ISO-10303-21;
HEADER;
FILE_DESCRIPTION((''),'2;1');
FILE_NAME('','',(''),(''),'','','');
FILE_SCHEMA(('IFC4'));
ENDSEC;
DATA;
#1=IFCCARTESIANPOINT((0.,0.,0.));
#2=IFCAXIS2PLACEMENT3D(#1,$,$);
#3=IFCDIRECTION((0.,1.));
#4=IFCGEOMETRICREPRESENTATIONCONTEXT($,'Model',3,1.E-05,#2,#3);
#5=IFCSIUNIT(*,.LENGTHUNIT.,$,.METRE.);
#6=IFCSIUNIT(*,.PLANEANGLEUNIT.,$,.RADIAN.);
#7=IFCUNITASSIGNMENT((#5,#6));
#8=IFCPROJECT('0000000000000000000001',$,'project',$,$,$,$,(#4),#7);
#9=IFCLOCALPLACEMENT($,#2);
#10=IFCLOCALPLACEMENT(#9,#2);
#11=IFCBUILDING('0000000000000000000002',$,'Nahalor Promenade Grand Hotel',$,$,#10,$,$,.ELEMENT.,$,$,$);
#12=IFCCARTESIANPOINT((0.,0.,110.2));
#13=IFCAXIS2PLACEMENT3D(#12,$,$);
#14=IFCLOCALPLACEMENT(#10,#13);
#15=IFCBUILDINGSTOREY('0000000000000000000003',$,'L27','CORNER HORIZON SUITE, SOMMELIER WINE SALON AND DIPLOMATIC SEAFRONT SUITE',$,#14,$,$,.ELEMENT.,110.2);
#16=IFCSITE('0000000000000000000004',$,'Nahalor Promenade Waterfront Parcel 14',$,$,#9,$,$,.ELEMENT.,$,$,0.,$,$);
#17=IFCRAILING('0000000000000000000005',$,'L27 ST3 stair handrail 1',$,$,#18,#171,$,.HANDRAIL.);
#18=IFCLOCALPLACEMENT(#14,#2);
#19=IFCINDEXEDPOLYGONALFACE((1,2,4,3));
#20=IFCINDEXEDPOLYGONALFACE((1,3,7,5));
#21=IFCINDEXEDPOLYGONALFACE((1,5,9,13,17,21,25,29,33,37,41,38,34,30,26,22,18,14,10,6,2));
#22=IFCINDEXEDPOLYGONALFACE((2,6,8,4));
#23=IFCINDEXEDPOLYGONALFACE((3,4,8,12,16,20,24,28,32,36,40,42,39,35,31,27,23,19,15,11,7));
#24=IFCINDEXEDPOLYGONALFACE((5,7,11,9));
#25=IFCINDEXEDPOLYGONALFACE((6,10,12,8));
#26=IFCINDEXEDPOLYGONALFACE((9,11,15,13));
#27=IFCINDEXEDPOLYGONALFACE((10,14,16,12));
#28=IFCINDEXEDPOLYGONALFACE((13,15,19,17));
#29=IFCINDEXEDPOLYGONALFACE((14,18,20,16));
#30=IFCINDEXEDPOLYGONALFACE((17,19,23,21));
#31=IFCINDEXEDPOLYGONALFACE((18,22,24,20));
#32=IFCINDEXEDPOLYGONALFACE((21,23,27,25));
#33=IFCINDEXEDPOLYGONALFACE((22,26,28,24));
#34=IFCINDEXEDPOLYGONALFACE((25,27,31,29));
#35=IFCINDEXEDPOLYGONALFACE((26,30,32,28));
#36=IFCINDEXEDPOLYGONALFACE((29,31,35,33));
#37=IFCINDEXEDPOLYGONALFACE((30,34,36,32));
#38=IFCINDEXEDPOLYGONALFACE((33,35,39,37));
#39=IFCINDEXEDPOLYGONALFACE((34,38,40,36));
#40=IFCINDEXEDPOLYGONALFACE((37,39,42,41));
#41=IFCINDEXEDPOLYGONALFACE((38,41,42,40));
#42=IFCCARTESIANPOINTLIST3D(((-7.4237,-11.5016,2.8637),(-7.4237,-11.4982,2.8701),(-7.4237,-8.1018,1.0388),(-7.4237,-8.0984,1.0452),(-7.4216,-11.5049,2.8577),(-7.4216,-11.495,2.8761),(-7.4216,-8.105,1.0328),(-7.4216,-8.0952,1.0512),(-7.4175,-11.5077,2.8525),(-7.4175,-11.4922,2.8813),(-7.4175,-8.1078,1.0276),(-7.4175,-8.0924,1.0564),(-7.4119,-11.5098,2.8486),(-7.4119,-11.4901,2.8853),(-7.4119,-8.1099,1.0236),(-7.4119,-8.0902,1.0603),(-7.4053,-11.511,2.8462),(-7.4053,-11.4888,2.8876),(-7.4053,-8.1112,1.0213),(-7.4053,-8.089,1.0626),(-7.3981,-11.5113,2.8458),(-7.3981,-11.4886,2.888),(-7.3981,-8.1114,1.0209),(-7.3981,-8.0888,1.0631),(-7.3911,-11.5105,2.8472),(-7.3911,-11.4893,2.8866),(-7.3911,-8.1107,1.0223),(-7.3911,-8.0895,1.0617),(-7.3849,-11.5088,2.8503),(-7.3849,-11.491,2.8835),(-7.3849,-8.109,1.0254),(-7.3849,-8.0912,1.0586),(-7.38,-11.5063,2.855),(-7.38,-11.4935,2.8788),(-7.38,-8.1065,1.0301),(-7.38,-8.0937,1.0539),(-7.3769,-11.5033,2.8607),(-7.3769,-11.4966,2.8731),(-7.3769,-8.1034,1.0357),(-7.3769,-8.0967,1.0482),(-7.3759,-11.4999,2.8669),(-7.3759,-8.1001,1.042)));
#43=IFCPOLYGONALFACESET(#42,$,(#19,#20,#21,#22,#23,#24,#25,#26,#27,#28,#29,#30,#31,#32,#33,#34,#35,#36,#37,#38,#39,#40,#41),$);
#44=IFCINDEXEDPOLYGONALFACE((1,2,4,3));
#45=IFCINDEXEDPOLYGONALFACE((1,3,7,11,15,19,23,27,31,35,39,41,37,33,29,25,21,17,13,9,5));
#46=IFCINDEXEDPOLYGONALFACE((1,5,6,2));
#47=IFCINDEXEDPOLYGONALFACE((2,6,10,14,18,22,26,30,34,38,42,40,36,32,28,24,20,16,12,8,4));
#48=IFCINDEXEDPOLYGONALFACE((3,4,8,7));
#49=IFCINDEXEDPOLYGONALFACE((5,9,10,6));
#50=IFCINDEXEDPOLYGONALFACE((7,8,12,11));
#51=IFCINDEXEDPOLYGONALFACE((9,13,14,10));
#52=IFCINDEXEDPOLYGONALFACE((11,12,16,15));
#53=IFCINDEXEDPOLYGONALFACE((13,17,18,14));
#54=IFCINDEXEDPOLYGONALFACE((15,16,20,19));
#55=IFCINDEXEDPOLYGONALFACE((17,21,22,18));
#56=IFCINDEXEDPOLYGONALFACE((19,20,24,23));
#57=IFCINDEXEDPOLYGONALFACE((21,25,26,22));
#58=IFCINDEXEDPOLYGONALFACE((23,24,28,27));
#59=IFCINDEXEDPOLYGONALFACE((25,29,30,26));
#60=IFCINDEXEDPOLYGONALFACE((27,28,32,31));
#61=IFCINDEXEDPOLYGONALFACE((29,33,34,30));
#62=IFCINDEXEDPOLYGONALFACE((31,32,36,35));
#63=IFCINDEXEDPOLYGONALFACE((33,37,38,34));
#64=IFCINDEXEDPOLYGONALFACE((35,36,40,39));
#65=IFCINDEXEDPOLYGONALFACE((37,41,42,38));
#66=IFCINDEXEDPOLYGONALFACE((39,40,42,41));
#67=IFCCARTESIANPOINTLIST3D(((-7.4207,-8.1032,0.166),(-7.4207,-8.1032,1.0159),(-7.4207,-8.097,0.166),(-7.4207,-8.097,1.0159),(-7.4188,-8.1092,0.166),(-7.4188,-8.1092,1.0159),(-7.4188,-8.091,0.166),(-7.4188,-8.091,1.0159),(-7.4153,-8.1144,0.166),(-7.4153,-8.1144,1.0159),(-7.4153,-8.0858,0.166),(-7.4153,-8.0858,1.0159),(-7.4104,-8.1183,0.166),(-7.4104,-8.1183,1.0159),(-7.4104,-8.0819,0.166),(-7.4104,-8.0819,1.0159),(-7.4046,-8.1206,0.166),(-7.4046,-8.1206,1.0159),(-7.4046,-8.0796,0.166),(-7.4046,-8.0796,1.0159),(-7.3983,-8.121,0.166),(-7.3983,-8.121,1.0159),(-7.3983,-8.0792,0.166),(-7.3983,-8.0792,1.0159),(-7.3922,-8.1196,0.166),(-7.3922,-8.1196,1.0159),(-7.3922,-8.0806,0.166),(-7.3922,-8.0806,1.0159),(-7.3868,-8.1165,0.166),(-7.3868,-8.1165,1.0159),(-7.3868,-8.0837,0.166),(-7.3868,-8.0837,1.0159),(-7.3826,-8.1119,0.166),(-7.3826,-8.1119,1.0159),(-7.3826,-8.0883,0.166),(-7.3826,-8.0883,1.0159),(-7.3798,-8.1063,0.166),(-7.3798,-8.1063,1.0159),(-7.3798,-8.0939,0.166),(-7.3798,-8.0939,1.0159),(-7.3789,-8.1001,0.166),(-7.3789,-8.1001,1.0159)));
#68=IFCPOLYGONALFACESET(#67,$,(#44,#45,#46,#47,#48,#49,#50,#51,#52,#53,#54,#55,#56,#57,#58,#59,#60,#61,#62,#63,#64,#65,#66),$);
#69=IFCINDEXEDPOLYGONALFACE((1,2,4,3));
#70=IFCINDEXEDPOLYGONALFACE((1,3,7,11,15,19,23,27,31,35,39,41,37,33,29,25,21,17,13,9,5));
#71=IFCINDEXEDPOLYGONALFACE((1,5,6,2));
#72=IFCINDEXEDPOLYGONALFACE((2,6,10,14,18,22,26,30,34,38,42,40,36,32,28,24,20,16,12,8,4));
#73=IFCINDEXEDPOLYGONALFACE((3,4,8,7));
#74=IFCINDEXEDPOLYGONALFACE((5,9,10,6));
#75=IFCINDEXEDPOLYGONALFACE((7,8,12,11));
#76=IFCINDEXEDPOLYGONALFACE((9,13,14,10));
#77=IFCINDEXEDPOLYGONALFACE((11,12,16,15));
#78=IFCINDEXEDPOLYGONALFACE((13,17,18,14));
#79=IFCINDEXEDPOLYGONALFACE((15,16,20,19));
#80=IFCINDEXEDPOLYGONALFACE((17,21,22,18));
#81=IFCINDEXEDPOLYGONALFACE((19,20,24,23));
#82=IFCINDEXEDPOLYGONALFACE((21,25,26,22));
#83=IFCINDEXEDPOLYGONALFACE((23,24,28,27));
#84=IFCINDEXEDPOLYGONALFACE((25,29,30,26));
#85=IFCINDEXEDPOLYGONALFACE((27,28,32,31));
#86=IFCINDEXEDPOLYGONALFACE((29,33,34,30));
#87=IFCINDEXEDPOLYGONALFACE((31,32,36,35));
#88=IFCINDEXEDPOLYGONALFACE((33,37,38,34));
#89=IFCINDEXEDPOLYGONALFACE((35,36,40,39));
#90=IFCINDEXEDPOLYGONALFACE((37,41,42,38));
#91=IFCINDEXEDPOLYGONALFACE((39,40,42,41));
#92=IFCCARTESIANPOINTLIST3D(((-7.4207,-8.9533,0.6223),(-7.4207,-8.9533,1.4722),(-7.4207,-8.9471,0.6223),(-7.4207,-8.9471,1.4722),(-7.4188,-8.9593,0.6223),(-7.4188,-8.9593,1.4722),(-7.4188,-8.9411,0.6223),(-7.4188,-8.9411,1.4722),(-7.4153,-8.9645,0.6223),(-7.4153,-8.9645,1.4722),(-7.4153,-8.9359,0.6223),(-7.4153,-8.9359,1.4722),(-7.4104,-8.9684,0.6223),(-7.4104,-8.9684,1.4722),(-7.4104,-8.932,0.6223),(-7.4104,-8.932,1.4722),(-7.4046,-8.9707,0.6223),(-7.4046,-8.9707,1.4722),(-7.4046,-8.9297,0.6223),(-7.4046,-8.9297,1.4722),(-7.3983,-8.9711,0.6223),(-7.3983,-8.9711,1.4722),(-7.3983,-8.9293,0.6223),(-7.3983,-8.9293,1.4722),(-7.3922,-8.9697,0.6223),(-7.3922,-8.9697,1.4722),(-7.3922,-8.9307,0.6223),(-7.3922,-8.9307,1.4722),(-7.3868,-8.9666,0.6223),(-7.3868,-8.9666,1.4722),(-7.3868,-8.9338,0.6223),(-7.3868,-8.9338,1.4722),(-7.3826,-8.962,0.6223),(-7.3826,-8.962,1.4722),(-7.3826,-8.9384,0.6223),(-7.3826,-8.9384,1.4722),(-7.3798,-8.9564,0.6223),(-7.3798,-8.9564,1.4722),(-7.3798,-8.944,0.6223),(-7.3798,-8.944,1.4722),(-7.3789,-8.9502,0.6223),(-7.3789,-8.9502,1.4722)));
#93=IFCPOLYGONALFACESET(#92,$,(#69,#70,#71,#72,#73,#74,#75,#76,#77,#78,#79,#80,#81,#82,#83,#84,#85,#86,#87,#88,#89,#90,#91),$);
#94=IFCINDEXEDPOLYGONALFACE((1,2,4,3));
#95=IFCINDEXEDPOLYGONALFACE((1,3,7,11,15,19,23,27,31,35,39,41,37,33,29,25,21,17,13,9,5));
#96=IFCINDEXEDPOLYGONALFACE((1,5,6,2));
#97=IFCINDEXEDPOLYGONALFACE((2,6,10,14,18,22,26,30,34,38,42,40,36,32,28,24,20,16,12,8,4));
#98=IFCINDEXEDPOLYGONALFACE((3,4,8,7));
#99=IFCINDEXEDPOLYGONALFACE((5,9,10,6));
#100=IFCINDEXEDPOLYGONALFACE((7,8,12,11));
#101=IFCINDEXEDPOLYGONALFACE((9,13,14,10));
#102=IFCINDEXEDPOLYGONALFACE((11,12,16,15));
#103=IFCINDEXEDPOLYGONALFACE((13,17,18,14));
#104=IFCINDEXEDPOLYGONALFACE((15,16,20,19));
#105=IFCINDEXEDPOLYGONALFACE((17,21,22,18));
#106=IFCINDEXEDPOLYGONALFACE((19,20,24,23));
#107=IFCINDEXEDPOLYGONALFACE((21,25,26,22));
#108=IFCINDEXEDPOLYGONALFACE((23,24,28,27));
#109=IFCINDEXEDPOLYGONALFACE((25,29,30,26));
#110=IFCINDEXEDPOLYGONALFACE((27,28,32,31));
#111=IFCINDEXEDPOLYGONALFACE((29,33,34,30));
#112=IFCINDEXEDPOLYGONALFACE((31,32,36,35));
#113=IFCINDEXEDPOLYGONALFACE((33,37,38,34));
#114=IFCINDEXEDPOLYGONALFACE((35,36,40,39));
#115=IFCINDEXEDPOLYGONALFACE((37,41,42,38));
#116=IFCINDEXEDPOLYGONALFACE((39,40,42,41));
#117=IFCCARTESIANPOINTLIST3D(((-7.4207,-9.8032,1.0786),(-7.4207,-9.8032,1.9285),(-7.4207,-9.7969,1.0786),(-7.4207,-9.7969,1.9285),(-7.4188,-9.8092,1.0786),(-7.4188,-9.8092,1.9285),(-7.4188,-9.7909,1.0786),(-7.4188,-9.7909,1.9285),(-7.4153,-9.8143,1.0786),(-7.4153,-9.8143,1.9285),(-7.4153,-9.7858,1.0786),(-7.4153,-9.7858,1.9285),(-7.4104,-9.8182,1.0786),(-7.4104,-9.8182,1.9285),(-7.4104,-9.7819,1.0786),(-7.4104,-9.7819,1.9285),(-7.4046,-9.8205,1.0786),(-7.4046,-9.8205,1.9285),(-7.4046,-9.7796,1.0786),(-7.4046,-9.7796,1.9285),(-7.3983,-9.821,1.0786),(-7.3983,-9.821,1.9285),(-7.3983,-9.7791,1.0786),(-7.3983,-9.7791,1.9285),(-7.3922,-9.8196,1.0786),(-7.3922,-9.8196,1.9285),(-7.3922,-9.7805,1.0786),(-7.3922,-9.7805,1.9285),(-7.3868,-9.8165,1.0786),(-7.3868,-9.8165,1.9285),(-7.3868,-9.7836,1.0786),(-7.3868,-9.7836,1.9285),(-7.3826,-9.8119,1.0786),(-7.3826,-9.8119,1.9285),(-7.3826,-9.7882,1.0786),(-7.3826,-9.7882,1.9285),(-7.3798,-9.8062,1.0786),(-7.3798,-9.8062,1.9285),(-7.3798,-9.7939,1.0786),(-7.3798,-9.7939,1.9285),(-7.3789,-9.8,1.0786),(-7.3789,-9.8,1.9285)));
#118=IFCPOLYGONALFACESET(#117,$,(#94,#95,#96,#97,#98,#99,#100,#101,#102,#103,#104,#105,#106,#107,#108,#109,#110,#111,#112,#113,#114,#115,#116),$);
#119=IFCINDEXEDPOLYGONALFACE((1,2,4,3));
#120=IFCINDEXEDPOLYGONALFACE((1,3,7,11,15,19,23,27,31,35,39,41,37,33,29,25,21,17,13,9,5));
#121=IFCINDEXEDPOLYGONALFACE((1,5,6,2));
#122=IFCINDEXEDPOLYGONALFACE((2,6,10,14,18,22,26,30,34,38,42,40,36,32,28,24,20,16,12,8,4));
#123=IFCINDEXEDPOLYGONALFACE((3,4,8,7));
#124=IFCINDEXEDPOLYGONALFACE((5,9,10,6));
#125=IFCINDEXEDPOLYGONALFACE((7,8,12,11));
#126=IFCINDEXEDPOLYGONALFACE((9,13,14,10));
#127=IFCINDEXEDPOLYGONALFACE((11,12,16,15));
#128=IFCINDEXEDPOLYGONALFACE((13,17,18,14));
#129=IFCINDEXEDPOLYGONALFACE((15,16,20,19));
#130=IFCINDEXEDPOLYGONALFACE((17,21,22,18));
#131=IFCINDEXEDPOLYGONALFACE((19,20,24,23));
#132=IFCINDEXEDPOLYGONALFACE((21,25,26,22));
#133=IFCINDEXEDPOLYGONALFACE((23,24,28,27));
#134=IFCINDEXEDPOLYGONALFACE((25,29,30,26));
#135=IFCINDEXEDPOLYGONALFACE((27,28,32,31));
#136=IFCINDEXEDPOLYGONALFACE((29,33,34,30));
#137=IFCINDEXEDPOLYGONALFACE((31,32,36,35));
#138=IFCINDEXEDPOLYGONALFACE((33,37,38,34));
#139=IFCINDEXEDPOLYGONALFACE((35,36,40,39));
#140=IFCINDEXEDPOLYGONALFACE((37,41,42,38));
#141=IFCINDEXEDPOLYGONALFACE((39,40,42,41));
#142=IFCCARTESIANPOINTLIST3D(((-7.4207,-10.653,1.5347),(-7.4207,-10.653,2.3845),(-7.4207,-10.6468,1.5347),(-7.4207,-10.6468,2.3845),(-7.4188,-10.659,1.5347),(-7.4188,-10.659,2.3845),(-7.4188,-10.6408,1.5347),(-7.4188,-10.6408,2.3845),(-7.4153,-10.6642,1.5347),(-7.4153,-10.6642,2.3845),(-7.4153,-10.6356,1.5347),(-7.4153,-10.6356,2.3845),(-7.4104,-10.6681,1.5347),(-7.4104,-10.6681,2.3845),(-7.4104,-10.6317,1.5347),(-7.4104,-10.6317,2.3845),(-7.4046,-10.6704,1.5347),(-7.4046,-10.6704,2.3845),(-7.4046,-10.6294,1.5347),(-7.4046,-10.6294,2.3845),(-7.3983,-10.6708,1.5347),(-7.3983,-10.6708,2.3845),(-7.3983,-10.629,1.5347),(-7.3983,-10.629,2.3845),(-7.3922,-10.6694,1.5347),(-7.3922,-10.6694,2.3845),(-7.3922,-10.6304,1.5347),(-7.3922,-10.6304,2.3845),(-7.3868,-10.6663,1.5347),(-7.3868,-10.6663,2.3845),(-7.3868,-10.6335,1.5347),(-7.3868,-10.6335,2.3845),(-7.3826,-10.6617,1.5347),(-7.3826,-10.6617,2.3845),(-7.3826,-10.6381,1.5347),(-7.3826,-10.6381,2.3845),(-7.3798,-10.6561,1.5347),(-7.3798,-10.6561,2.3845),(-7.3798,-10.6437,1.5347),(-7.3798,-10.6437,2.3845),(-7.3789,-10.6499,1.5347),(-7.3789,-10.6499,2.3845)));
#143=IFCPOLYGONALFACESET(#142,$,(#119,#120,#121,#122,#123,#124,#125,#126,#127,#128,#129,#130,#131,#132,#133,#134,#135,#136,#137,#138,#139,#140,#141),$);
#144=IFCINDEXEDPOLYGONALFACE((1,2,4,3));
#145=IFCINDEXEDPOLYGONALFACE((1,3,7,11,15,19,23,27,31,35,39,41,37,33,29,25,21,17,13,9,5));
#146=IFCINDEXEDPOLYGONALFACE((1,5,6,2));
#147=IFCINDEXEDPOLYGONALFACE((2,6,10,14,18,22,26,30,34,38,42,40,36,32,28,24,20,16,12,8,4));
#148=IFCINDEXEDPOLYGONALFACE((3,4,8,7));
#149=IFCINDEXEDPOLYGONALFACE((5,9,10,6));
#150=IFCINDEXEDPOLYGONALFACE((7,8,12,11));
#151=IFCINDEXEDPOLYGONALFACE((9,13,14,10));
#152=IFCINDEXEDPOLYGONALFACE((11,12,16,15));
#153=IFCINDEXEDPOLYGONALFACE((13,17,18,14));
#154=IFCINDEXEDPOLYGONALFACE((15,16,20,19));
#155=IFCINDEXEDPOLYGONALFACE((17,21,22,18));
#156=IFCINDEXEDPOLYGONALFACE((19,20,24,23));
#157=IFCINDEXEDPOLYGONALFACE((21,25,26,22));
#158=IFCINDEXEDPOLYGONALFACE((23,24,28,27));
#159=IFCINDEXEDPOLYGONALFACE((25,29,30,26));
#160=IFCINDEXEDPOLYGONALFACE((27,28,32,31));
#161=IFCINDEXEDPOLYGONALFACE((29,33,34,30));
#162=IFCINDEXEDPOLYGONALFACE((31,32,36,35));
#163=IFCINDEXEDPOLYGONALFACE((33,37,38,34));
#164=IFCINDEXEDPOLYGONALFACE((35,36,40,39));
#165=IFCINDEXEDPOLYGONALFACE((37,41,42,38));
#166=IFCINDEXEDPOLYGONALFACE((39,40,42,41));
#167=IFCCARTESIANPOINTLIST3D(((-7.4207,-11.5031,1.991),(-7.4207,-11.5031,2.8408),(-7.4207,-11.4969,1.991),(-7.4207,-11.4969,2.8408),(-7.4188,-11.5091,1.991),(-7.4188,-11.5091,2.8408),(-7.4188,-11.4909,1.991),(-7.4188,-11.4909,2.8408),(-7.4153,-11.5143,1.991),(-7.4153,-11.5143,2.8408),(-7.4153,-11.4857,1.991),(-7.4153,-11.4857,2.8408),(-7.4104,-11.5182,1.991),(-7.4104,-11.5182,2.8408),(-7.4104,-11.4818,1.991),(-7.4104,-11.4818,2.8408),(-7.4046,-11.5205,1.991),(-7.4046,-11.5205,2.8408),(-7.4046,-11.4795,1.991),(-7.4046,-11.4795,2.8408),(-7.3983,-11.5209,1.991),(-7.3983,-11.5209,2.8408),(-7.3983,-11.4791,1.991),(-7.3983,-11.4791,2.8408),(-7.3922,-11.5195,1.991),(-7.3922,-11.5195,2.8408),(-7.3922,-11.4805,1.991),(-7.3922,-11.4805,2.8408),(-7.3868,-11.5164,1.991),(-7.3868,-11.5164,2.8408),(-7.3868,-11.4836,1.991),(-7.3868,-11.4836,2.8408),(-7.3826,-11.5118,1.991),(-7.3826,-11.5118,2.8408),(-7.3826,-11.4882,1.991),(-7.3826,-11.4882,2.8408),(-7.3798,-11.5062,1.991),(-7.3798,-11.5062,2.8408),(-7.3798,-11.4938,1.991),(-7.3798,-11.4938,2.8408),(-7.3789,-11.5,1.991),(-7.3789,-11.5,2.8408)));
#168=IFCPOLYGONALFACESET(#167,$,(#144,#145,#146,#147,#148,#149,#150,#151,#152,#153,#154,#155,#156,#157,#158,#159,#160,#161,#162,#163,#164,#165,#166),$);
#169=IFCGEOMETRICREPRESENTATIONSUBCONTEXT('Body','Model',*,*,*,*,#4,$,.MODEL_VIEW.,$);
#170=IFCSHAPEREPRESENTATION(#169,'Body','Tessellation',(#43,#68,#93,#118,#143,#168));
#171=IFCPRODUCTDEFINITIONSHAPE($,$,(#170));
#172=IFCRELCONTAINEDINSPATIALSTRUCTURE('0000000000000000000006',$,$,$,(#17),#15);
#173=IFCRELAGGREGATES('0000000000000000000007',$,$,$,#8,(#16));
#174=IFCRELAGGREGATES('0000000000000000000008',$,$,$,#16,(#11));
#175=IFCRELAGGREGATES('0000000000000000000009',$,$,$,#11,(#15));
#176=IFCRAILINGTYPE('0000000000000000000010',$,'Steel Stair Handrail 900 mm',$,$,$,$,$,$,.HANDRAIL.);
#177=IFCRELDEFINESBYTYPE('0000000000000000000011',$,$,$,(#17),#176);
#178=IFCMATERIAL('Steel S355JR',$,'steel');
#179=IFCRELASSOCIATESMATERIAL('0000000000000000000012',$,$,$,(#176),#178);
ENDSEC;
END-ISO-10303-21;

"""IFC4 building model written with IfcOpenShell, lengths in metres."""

from ifc_helpers import new_model, si_unit, direction, frame, origin, origin_2d, place, context, subcontext, project, spatial, circle, extrude, material, type_object, element, save


model = new_model("IFC4")

# Units and contexts
model_context = context("Model", 3, precision=1e-05, world=origin(), true_north=direction((0.0, 1.0)))
body_context = subcontext(model_context, "Body", "Model", "MODEL_VIEW")
ifc_project = project(units=[si_unit("LENGTHUNIT", "METRE"), si_unit("PLANEANGLEUNIT", "RADIAN")], contexts=[model_context])

# Site, building, storey
site_placement = place(None, origin())
site = spatial("IfcSite", under=ifc_project, at=site_placement, Name="Nahalor Promenade Waterfront Parcel 14", CompositionType="ELEMENT", RefElevation=0.0)
building_placement = place(site_placement, origin())
building = spatial("IfcBuilding", under=site, at=building_placement, Name="Nahalor Promenade Grand Hotel", CompositionType="ELEMENT")
storey_placement = place(building_placement, frame((0.0, 0.0, 110.2)))
storey = spatial("IfcBuildingStorey", under=building, at=storey_placement, Name="L27", Description="CORNER HORIZON SUITE, SOMMELIER WINE SALON AND DIPLOMATIC SEAFRONT SUITE", CompositionType="ELEMENT", Elevation=110.2)

# Shared definitions
ifc_material_1 = material(Name="Steel S355JR", Category="steel")

# Railing
railing_type_1 = type_object("IfcRailingType", Name="Steel Stair Handrail 900 mm", PredefinedType="HANDRAIL", material=ifc_material_1)
railing_1_placement = place(storey_placement, frame((-7.3999, -8.1001, 0.166)))
element("IfcRailing", 1, at=railing_1_placement, inside=storey, type_object=railing_type_1, Name="L27 ST3 stair handrail 1", PredefinedType="HANDRAIL", context=body_context, shape_type="SweptSolid", body=[
    extrude(circle(Radius=0.024, at=origin_2d()), frame((0.0, 0.0, 0.876), z_axis=(0.0, -0.881094, 0.472941), x_axis=(1.0, 0.0, 0.0)), (0.0, 0.0, 1.0), 3.8586),
    extrude(circle(Radius=0.021, at=origin_2d()), origin(), (0.0, 0.0, 1.0), 0.8499),
    extrude(circle(Radius=0.021, at=origin_2d()), frame((0.0, -0.8501, 0.4563)), (0.0, 0.0, 1.0), 0.8499),
    extrude(circle(Radius=0.021, at=origin_2d()), frame((0.0, -1.7, 0.9126)), (0.0, 0.0, 1.0), 0.8499),
    extrude(circle(Radius=0.021, at=origin_2d()), frame((0.0, -2.5498, 1.3687)), (0.0, 0.0, 1.0), 0.8499),
    extrude(circle(Radius=0.021, at=origin_2d()), frame((0.0, -3.3999, 1.825)), (0.0, 0.0, 1.0), 0.8499),
])

save(model, "model.ifc")
